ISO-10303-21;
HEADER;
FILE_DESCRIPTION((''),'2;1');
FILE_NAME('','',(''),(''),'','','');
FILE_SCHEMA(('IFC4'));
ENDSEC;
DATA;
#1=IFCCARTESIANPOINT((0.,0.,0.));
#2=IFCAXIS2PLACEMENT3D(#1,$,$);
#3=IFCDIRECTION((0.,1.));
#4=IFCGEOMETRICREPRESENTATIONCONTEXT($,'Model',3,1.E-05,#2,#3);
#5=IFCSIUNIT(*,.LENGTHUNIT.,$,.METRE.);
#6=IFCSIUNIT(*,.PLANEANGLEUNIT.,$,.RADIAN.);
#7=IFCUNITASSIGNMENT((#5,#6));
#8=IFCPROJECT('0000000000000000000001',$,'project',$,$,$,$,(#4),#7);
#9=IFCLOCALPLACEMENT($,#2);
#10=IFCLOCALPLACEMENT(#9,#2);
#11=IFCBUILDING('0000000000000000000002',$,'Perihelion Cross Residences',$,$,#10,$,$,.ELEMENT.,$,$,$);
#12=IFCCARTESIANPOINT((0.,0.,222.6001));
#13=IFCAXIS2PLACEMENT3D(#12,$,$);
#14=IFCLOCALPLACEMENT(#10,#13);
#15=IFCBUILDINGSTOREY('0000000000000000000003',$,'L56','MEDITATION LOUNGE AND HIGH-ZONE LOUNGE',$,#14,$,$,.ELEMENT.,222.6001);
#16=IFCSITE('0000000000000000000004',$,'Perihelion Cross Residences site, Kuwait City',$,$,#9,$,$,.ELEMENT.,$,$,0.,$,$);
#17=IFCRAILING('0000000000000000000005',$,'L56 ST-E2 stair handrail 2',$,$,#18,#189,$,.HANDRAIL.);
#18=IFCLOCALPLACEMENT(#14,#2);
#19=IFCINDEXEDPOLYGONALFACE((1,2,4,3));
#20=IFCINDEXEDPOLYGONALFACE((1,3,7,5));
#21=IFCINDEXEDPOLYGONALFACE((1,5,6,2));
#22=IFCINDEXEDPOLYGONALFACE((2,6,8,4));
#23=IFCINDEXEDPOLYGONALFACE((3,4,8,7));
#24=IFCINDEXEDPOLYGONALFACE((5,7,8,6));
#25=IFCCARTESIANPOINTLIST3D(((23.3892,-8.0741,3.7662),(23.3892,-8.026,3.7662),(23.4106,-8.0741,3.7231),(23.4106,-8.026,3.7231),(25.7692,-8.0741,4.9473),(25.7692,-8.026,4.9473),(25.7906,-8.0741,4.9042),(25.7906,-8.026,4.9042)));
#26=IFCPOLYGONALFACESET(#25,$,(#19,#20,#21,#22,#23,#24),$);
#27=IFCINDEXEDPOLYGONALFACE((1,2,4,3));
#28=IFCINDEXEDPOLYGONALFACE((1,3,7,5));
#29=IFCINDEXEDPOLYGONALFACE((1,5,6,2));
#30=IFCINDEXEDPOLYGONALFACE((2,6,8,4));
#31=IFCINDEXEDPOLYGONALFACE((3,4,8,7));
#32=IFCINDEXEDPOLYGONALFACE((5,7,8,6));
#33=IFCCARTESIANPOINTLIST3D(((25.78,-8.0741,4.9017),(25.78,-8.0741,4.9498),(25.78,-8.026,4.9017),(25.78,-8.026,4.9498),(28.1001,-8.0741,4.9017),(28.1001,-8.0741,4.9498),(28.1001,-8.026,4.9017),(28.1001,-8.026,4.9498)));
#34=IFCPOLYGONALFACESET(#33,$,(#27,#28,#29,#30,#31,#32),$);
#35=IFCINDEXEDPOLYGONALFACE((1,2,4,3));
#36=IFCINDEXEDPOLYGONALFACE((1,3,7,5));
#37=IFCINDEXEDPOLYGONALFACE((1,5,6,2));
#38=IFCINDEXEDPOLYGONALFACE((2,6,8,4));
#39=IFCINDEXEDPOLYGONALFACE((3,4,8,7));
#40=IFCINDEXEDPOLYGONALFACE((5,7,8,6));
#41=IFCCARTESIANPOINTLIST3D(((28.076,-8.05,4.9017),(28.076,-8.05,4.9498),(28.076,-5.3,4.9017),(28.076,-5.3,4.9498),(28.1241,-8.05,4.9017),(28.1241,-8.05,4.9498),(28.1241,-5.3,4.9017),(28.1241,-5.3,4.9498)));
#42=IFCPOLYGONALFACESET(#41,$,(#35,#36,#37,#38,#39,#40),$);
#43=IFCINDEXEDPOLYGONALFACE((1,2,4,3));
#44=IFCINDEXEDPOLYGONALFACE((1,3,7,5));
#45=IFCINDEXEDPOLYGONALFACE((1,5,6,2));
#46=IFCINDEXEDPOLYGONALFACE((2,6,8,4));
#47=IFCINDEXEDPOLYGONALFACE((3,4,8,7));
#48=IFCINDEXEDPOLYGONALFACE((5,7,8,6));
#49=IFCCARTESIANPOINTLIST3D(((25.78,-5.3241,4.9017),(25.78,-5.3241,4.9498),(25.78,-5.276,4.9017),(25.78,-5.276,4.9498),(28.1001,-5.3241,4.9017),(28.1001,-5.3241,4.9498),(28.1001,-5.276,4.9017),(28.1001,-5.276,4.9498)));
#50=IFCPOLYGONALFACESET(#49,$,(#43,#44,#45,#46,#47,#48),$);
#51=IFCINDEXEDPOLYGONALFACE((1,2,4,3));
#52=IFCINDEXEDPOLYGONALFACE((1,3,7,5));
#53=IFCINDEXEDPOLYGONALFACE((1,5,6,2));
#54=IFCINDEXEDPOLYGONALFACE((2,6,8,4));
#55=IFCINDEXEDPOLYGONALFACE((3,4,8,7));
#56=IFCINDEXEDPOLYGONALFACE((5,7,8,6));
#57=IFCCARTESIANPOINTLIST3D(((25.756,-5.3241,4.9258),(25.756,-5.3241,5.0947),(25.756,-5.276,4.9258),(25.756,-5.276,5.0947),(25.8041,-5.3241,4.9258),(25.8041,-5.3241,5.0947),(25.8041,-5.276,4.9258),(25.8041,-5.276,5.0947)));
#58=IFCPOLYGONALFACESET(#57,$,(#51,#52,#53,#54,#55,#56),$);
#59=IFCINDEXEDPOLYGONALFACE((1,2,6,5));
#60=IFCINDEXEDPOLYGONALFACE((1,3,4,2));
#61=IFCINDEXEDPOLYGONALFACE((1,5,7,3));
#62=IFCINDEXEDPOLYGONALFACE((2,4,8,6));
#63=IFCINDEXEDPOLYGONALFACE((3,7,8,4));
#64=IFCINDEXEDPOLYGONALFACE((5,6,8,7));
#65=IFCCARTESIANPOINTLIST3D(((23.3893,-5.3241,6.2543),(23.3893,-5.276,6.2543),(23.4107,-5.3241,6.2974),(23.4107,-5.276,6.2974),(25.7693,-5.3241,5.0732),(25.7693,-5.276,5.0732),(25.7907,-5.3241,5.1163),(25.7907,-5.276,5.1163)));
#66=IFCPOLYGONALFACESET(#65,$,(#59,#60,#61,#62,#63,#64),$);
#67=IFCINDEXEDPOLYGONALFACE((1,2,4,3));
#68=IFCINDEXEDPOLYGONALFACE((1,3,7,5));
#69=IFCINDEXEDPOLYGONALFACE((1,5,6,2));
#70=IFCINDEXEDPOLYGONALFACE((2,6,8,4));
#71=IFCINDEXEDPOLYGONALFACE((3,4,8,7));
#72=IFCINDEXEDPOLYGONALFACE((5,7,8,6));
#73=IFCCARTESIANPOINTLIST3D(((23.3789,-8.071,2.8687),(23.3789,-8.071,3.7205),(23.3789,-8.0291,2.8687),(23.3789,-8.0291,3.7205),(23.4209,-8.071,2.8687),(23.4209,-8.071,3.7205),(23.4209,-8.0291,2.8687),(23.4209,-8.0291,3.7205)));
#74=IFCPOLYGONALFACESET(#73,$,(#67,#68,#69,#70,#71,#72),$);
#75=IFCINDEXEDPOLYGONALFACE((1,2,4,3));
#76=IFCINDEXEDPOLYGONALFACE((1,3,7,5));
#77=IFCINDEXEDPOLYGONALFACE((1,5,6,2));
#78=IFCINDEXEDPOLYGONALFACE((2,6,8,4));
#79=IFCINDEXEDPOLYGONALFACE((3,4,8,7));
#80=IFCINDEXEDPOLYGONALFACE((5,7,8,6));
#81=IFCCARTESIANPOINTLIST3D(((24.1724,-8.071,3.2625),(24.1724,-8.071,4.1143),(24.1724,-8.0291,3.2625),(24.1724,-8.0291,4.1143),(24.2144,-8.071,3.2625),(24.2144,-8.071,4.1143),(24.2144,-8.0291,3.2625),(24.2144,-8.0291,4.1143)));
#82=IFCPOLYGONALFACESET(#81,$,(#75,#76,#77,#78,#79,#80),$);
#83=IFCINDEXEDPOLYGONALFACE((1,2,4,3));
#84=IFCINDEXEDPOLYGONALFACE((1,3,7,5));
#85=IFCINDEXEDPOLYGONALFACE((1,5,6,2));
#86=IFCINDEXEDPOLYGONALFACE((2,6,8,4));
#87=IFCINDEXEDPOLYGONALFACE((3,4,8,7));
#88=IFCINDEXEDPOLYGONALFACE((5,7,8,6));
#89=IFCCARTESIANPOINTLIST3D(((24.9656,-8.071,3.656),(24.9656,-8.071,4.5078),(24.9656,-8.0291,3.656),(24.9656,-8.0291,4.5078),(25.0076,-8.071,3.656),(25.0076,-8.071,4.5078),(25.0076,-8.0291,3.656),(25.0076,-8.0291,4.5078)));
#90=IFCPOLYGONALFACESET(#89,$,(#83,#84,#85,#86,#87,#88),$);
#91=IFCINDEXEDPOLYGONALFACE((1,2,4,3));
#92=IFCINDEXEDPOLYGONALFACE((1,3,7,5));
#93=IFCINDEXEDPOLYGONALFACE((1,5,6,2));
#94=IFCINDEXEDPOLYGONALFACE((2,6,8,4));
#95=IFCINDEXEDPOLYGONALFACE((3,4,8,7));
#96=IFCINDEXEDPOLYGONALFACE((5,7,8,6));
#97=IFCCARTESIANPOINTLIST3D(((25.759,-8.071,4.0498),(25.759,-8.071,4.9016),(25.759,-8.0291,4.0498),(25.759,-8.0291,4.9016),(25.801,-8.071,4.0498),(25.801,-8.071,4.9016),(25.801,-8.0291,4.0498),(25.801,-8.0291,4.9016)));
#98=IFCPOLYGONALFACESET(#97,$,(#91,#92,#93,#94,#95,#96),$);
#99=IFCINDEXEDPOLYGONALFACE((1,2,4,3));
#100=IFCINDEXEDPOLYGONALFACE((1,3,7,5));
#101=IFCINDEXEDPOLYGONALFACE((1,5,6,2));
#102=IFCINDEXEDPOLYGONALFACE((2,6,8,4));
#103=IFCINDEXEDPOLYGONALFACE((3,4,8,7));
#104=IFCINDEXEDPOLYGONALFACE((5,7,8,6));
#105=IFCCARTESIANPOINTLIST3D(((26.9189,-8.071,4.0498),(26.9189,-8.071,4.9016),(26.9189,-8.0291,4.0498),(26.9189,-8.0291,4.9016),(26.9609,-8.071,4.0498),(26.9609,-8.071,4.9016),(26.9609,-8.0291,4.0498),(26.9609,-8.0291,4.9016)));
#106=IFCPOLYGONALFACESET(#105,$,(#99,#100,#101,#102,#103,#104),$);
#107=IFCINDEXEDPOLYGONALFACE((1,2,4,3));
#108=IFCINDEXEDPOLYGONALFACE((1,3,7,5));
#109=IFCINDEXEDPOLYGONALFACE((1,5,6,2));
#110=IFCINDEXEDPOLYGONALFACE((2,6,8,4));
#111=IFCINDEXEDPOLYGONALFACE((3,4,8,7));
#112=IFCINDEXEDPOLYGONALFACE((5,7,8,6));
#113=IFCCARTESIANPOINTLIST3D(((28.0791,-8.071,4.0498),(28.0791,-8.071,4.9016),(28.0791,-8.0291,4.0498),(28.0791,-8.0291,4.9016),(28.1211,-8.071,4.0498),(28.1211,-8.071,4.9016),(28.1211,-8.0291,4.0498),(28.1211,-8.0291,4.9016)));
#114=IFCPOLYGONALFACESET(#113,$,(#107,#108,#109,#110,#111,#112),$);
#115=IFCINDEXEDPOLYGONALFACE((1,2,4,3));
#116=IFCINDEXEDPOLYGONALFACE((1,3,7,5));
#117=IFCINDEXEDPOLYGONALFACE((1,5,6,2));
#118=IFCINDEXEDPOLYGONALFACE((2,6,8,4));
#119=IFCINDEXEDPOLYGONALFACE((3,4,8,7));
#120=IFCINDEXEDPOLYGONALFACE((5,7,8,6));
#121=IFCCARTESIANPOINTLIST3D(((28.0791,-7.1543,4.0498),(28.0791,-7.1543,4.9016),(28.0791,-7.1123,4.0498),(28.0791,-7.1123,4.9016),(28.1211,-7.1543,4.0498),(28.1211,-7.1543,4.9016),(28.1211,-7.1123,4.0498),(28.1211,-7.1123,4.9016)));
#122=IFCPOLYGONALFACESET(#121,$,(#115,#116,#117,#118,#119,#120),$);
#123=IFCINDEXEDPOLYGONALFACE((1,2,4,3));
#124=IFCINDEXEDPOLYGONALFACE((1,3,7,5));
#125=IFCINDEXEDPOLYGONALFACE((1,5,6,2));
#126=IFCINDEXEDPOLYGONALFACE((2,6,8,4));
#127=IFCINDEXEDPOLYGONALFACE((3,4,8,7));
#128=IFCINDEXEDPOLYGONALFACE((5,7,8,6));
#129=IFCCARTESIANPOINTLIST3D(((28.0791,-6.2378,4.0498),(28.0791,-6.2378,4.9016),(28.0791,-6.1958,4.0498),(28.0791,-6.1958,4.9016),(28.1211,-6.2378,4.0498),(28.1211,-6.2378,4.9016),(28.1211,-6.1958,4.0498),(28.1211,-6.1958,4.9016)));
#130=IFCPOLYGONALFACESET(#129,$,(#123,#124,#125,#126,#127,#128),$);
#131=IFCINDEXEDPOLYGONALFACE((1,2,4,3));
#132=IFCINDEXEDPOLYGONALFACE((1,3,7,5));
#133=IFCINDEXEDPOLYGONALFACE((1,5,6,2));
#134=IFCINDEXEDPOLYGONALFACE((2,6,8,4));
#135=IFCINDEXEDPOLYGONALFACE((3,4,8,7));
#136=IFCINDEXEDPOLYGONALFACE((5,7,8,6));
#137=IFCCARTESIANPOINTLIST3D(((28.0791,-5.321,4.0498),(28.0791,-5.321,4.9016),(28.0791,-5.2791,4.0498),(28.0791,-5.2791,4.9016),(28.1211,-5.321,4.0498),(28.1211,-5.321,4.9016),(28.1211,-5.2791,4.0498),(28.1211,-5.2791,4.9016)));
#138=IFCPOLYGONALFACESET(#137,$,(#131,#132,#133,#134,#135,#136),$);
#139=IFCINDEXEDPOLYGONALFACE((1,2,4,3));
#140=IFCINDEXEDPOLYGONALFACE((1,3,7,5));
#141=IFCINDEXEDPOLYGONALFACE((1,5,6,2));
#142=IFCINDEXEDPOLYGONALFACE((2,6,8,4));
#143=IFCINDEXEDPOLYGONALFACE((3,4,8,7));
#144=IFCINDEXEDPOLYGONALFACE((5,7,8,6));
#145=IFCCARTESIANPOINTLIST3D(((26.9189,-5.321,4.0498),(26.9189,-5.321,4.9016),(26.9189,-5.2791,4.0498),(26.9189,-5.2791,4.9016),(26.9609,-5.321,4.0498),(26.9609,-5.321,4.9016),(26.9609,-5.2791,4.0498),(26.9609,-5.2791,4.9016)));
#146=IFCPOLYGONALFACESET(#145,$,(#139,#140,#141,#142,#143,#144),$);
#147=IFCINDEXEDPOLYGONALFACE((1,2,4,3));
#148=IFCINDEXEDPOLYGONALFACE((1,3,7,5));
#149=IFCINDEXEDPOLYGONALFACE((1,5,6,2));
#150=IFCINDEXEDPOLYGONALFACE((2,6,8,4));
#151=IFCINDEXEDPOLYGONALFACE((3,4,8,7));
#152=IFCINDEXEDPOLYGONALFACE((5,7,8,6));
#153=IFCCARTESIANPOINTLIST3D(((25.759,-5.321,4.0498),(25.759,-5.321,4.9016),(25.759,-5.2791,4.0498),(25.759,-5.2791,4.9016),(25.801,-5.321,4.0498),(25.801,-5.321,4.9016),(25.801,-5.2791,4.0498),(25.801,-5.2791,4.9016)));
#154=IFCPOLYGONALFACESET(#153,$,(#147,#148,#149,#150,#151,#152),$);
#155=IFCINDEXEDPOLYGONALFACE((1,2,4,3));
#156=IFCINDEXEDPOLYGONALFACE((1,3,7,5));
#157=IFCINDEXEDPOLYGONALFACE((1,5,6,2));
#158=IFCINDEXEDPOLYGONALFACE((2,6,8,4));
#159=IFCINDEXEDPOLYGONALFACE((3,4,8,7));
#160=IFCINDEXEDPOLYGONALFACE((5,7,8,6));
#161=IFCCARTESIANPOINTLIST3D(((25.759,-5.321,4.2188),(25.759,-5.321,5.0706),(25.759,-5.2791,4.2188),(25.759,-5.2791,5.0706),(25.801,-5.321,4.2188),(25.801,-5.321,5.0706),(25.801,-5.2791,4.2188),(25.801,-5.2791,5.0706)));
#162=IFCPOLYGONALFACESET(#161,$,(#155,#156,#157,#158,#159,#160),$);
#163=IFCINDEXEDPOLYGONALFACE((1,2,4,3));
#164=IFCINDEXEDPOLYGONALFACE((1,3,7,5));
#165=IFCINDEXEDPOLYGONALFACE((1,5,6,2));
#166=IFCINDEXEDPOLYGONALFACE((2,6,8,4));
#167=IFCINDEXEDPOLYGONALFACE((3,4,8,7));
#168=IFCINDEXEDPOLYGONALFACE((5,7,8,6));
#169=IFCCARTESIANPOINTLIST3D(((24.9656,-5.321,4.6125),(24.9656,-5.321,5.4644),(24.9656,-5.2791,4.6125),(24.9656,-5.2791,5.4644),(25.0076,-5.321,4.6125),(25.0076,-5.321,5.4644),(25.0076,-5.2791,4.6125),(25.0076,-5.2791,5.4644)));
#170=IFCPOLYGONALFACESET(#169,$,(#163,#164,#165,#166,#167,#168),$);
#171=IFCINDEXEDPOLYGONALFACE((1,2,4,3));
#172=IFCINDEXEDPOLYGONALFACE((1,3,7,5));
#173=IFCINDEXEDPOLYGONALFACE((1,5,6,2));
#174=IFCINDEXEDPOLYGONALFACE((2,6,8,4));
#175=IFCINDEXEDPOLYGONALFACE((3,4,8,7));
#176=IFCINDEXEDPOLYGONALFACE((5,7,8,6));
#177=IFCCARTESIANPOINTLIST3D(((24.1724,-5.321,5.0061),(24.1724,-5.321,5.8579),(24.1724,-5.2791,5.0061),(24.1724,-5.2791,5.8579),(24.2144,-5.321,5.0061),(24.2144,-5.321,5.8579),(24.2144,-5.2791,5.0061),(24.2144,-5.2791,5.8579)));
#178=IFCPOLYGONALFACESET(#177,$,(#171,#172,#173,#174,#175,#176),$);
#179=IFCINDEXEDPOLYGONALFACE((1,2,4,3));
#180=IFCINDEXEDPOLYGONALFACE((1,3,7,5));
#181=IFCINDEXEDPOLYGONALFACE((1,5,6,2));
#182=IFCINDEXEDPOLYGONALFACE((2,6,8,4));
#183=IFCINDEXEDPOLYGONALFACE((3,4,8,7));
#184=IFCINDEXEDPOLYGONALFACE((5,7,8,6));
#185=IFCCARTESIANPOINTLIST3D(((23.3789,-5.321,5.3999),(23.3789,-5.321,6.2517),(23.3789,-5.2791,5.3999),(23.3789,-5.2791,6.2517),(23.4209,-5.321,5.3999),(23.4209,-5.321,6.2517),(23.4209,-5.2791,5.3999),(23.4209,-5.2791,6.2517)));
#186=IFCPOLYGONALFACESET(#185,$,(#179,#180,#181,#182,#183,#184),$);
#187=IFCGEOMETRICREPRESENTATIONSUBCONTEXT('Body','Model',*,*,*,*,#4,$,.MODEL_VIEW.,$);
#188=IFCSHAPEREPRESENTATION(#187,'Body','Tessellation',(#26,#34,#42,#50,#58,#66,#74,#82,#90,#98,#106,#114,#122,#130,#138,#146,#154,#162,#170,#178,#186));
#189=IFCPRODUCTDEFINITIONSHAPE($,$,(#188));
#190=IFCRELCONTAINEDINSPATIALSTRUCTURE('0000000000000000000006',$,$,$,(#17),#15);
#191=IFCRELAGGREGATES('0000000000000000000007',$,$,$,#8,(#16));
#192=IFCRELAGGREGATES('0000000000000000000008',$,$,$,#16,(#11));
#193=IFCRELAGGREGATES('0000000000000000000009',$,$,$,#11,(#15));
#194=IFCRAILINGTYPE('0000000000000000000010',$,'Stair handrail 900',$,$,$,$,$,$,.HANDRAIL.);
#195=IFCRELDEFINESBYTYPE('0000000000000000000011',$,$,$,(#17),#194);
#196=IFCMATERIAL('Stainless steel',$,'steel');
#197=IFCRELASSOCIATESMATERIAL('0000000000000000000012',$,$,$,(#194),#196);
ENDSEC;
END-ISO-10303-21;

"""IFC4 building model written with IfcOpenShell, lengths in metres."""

from ifc_helpers import new_model, si_unit, direction, frame, origin, origin_2d, place, context, subcontext, project, spatial, rectangle, extrude, material, type_object, element, save


model = new_model("IFC4")

# Units and contexts
model_context = context("Model", 3, precision=1e-05, world=origin(), true_north=direction((0.0, 1.0)))
body_context = subcontext(model_context, "Body", "Model", "MODEL_VIEW")
ifc_project = project(units=[si_unit("LENGTHUNIT", "METRE"), si_unit("PLANEANGLEUNIT", "RADIAN")], contexts=[model_context])

# Site, building, storey
site_placement = place(None, origin())
site = spatial("IfcSite", under=ifc_project, at=site_placement, Name="Perihelion Cross Residences site, Kuwait City", CompositionType="ELEMENT", RefElevation=0.0)
building_placement = place(site_placement, origin())
building = spatial("IfcBuilding", under=site, at=building_placement, Name="Perihelion Cross Residences", CompositionType="ELEMENT")
storey_placement = place(building_placement, frame((0.0, 0.0, 222.6001)))
storey = spatial("IfcBuildingStorey", under=building, at=storey_placement, Name="L56", Description="MEDITATION LOUNGE AND HIGH-ZONE LOUNGE", CompositionType="ELEMENT", Elevation=222.6001)

# Railing
ifc_material_1 = material(Name="Stainless steel", Category="steel")
railing_type_1 = type_object("IfcRailingType", Name="Stair handrail 900", PredefinedType="HANDRAIL", material=ifc_material_1)
railing_1_placement = place(storey_placement, frame((23.3999, -8.05, 2.8687)))
element("IfcRailing", 1, at=railing_1_placement, inside=storey, type_object=railing_type_1, Name="L56 ST-E2 stair handrail 2", PredefinedType="HANDRAIL", context=body_context, shape_type="SweptSolid", body=[
    extrude(rectangle(XDim=0.0481, YDim=0.0481, at=origin_2d()), frame((0.0, 0.0, 0.876), z_axis=(0.895765, 0.0, 0.444529), x_axis=(0.0, 1.0, 0.0)), (0.0, 0.0, 1.0), 2.657),
    extrude(rectangle(XDim=0.0481, YDim=0.0481, at=origin_2d()), frame((2.3801, 0.0, 2.0571), z_axis=(1.0, 0.0, 0.0), x_axis=(0.0, 1.0, 0.0)), (0.0, 0.0, 1.0), 2.3201),
    extrude(rectangle(XDim=0.0481, YDim=0.0481, at=origin_2d()), frame((4.7002, 0.0, 2.0571), z_axis=(0.0, 1.0, 0.0), x_axis=(-1.0, 0.0, 0.0)), (0.0, 0.0, 1.0), 2.75),
    extrude(rectangle(XDim=0.0481, YDim=0.0481, at=origin_2d()), frame((4.7002, 2.75, 2.0571), z_axis=(-1.0, 0.0, 0.0), x_axis=(0.0, -1.0, 0.0)), (0.0, 0.0, 1.0), 2.3201),
    extrude(rectangle(XDim=0.0481, YDim=0.0481, at=origin_2d()), frame((2.3801, 2.75, 2.0571), z_axis=(0.0, 0.0, 1.0), x_axis=(1.0, 0.0, 0.0)), (0.0, 0.0, 1.0), 0.1689),
    extrude(rectangle(XDim=0.0481, YDim=0.0481, at=origin_2d()), frame((2.3801, 2.75, 2.2261), z_axis=(-0.895765, 0.0, 0.444529), x_axis=(0.0, -1.0, 0.0)), (0.0, 0.0, 1.0), 2.657),
    extrude(rectangle(XDim=0.042, YDim=0.042, at=origin_2d()), origin(), (0.0, 0.0, 1.0), 0.8518),
    extrude(rectangle(XDim=0.042, YDim=0.042, at=origin_2d()), frame((0.7935, 0.0, 0.3938)), (0.0, 0.0, 1.0), 0.8518),
    extrude(rectangle(XDim=0.042, YDim=0.042, at=origin_2d()), frame((1.5867, 0.0, 0.7874)), (0.0, 0.0, 1.0), 0.8518),
    extrude(rectangle(XDim=0.042, YDim=0.042, at=origin_2d()), frame((2.3801, 0.0, 1.1812)), (0.0, 0.0, 1.0), 0.8518),
    extrude(rectangle(XDim=0.042, YDim=0.042, at=origin_2d()), frame((3.54, 0.0, 1.1812)), (0.0, 0.0, 1.0), 0.8518),
    extrude(rectangle(XDim=0.042, YDim=0.042, at=origin_2d()), frame((4.7002, 0.0, 1.1812)), (0.0, 0.0, 1.0), 0.8518),
    extrude(rectangle(XDim=0.042, YDim=0.042, at=origin_2d()), frame((4.7002, 0.9167, 1.1812)), (0.0, 0.0, 1.0), 0.8518),
    extrude(rectangle(XDim=0.042, YDim=0.042, at=origin_2d()), frame((4.7002, 1.8333, 1.1812)), (0.0, 0.0, 1.0), 0.8518),
    extrude(rectangle(XDim=0.042, YDim=0.042, at=origin_2d()), frame((4.7002, 2.75, 1.1812)), (0.0, 0.0, 1.0), 0.8518),
    extrude(rectangle(XDim=0.042, YDim=0.042, at=origin_2d()), frame((3.54, 2.75, 1.1812)), (0.0, 0.0, 1.0), 0.8518),
    extrude(rectangle(XDim=0.042, YDim=0.042, at=origin_2d()), frame((2.3801, 2.75, 1.1812)), (0.0, 0.0, 1.0), 0.8518),
    extrude(rectangle(XDim=0.042, YDim=0.042, at=origin_2d()), frame((2.3801, 2.75, 1.3501)), (0.0, 0.0, 1.0), 0.8518),
    extrude(rectangle(XDim=0.042, YDim=0.042, at=origin_2d()), frame((1.5867, 2.75, 1.7439)), (0.0, 0.0, 1.0), 0.8518),
    extrude(rectangle(XDim=0.042, YDim=0.042, at=origin_2d()), frame((0.7935, 2.75, 2.1375)), (0.0, 0.0, 1.0), 0.8518),
    extrude(rectangle(XDim=0.042, YDim=0.042, at=origin_2d()), frame((0.0, 2.75, 2.5312)), (0.0, 0.0, 1.0), 0.8518),
])

save(model, "model.ifc")
